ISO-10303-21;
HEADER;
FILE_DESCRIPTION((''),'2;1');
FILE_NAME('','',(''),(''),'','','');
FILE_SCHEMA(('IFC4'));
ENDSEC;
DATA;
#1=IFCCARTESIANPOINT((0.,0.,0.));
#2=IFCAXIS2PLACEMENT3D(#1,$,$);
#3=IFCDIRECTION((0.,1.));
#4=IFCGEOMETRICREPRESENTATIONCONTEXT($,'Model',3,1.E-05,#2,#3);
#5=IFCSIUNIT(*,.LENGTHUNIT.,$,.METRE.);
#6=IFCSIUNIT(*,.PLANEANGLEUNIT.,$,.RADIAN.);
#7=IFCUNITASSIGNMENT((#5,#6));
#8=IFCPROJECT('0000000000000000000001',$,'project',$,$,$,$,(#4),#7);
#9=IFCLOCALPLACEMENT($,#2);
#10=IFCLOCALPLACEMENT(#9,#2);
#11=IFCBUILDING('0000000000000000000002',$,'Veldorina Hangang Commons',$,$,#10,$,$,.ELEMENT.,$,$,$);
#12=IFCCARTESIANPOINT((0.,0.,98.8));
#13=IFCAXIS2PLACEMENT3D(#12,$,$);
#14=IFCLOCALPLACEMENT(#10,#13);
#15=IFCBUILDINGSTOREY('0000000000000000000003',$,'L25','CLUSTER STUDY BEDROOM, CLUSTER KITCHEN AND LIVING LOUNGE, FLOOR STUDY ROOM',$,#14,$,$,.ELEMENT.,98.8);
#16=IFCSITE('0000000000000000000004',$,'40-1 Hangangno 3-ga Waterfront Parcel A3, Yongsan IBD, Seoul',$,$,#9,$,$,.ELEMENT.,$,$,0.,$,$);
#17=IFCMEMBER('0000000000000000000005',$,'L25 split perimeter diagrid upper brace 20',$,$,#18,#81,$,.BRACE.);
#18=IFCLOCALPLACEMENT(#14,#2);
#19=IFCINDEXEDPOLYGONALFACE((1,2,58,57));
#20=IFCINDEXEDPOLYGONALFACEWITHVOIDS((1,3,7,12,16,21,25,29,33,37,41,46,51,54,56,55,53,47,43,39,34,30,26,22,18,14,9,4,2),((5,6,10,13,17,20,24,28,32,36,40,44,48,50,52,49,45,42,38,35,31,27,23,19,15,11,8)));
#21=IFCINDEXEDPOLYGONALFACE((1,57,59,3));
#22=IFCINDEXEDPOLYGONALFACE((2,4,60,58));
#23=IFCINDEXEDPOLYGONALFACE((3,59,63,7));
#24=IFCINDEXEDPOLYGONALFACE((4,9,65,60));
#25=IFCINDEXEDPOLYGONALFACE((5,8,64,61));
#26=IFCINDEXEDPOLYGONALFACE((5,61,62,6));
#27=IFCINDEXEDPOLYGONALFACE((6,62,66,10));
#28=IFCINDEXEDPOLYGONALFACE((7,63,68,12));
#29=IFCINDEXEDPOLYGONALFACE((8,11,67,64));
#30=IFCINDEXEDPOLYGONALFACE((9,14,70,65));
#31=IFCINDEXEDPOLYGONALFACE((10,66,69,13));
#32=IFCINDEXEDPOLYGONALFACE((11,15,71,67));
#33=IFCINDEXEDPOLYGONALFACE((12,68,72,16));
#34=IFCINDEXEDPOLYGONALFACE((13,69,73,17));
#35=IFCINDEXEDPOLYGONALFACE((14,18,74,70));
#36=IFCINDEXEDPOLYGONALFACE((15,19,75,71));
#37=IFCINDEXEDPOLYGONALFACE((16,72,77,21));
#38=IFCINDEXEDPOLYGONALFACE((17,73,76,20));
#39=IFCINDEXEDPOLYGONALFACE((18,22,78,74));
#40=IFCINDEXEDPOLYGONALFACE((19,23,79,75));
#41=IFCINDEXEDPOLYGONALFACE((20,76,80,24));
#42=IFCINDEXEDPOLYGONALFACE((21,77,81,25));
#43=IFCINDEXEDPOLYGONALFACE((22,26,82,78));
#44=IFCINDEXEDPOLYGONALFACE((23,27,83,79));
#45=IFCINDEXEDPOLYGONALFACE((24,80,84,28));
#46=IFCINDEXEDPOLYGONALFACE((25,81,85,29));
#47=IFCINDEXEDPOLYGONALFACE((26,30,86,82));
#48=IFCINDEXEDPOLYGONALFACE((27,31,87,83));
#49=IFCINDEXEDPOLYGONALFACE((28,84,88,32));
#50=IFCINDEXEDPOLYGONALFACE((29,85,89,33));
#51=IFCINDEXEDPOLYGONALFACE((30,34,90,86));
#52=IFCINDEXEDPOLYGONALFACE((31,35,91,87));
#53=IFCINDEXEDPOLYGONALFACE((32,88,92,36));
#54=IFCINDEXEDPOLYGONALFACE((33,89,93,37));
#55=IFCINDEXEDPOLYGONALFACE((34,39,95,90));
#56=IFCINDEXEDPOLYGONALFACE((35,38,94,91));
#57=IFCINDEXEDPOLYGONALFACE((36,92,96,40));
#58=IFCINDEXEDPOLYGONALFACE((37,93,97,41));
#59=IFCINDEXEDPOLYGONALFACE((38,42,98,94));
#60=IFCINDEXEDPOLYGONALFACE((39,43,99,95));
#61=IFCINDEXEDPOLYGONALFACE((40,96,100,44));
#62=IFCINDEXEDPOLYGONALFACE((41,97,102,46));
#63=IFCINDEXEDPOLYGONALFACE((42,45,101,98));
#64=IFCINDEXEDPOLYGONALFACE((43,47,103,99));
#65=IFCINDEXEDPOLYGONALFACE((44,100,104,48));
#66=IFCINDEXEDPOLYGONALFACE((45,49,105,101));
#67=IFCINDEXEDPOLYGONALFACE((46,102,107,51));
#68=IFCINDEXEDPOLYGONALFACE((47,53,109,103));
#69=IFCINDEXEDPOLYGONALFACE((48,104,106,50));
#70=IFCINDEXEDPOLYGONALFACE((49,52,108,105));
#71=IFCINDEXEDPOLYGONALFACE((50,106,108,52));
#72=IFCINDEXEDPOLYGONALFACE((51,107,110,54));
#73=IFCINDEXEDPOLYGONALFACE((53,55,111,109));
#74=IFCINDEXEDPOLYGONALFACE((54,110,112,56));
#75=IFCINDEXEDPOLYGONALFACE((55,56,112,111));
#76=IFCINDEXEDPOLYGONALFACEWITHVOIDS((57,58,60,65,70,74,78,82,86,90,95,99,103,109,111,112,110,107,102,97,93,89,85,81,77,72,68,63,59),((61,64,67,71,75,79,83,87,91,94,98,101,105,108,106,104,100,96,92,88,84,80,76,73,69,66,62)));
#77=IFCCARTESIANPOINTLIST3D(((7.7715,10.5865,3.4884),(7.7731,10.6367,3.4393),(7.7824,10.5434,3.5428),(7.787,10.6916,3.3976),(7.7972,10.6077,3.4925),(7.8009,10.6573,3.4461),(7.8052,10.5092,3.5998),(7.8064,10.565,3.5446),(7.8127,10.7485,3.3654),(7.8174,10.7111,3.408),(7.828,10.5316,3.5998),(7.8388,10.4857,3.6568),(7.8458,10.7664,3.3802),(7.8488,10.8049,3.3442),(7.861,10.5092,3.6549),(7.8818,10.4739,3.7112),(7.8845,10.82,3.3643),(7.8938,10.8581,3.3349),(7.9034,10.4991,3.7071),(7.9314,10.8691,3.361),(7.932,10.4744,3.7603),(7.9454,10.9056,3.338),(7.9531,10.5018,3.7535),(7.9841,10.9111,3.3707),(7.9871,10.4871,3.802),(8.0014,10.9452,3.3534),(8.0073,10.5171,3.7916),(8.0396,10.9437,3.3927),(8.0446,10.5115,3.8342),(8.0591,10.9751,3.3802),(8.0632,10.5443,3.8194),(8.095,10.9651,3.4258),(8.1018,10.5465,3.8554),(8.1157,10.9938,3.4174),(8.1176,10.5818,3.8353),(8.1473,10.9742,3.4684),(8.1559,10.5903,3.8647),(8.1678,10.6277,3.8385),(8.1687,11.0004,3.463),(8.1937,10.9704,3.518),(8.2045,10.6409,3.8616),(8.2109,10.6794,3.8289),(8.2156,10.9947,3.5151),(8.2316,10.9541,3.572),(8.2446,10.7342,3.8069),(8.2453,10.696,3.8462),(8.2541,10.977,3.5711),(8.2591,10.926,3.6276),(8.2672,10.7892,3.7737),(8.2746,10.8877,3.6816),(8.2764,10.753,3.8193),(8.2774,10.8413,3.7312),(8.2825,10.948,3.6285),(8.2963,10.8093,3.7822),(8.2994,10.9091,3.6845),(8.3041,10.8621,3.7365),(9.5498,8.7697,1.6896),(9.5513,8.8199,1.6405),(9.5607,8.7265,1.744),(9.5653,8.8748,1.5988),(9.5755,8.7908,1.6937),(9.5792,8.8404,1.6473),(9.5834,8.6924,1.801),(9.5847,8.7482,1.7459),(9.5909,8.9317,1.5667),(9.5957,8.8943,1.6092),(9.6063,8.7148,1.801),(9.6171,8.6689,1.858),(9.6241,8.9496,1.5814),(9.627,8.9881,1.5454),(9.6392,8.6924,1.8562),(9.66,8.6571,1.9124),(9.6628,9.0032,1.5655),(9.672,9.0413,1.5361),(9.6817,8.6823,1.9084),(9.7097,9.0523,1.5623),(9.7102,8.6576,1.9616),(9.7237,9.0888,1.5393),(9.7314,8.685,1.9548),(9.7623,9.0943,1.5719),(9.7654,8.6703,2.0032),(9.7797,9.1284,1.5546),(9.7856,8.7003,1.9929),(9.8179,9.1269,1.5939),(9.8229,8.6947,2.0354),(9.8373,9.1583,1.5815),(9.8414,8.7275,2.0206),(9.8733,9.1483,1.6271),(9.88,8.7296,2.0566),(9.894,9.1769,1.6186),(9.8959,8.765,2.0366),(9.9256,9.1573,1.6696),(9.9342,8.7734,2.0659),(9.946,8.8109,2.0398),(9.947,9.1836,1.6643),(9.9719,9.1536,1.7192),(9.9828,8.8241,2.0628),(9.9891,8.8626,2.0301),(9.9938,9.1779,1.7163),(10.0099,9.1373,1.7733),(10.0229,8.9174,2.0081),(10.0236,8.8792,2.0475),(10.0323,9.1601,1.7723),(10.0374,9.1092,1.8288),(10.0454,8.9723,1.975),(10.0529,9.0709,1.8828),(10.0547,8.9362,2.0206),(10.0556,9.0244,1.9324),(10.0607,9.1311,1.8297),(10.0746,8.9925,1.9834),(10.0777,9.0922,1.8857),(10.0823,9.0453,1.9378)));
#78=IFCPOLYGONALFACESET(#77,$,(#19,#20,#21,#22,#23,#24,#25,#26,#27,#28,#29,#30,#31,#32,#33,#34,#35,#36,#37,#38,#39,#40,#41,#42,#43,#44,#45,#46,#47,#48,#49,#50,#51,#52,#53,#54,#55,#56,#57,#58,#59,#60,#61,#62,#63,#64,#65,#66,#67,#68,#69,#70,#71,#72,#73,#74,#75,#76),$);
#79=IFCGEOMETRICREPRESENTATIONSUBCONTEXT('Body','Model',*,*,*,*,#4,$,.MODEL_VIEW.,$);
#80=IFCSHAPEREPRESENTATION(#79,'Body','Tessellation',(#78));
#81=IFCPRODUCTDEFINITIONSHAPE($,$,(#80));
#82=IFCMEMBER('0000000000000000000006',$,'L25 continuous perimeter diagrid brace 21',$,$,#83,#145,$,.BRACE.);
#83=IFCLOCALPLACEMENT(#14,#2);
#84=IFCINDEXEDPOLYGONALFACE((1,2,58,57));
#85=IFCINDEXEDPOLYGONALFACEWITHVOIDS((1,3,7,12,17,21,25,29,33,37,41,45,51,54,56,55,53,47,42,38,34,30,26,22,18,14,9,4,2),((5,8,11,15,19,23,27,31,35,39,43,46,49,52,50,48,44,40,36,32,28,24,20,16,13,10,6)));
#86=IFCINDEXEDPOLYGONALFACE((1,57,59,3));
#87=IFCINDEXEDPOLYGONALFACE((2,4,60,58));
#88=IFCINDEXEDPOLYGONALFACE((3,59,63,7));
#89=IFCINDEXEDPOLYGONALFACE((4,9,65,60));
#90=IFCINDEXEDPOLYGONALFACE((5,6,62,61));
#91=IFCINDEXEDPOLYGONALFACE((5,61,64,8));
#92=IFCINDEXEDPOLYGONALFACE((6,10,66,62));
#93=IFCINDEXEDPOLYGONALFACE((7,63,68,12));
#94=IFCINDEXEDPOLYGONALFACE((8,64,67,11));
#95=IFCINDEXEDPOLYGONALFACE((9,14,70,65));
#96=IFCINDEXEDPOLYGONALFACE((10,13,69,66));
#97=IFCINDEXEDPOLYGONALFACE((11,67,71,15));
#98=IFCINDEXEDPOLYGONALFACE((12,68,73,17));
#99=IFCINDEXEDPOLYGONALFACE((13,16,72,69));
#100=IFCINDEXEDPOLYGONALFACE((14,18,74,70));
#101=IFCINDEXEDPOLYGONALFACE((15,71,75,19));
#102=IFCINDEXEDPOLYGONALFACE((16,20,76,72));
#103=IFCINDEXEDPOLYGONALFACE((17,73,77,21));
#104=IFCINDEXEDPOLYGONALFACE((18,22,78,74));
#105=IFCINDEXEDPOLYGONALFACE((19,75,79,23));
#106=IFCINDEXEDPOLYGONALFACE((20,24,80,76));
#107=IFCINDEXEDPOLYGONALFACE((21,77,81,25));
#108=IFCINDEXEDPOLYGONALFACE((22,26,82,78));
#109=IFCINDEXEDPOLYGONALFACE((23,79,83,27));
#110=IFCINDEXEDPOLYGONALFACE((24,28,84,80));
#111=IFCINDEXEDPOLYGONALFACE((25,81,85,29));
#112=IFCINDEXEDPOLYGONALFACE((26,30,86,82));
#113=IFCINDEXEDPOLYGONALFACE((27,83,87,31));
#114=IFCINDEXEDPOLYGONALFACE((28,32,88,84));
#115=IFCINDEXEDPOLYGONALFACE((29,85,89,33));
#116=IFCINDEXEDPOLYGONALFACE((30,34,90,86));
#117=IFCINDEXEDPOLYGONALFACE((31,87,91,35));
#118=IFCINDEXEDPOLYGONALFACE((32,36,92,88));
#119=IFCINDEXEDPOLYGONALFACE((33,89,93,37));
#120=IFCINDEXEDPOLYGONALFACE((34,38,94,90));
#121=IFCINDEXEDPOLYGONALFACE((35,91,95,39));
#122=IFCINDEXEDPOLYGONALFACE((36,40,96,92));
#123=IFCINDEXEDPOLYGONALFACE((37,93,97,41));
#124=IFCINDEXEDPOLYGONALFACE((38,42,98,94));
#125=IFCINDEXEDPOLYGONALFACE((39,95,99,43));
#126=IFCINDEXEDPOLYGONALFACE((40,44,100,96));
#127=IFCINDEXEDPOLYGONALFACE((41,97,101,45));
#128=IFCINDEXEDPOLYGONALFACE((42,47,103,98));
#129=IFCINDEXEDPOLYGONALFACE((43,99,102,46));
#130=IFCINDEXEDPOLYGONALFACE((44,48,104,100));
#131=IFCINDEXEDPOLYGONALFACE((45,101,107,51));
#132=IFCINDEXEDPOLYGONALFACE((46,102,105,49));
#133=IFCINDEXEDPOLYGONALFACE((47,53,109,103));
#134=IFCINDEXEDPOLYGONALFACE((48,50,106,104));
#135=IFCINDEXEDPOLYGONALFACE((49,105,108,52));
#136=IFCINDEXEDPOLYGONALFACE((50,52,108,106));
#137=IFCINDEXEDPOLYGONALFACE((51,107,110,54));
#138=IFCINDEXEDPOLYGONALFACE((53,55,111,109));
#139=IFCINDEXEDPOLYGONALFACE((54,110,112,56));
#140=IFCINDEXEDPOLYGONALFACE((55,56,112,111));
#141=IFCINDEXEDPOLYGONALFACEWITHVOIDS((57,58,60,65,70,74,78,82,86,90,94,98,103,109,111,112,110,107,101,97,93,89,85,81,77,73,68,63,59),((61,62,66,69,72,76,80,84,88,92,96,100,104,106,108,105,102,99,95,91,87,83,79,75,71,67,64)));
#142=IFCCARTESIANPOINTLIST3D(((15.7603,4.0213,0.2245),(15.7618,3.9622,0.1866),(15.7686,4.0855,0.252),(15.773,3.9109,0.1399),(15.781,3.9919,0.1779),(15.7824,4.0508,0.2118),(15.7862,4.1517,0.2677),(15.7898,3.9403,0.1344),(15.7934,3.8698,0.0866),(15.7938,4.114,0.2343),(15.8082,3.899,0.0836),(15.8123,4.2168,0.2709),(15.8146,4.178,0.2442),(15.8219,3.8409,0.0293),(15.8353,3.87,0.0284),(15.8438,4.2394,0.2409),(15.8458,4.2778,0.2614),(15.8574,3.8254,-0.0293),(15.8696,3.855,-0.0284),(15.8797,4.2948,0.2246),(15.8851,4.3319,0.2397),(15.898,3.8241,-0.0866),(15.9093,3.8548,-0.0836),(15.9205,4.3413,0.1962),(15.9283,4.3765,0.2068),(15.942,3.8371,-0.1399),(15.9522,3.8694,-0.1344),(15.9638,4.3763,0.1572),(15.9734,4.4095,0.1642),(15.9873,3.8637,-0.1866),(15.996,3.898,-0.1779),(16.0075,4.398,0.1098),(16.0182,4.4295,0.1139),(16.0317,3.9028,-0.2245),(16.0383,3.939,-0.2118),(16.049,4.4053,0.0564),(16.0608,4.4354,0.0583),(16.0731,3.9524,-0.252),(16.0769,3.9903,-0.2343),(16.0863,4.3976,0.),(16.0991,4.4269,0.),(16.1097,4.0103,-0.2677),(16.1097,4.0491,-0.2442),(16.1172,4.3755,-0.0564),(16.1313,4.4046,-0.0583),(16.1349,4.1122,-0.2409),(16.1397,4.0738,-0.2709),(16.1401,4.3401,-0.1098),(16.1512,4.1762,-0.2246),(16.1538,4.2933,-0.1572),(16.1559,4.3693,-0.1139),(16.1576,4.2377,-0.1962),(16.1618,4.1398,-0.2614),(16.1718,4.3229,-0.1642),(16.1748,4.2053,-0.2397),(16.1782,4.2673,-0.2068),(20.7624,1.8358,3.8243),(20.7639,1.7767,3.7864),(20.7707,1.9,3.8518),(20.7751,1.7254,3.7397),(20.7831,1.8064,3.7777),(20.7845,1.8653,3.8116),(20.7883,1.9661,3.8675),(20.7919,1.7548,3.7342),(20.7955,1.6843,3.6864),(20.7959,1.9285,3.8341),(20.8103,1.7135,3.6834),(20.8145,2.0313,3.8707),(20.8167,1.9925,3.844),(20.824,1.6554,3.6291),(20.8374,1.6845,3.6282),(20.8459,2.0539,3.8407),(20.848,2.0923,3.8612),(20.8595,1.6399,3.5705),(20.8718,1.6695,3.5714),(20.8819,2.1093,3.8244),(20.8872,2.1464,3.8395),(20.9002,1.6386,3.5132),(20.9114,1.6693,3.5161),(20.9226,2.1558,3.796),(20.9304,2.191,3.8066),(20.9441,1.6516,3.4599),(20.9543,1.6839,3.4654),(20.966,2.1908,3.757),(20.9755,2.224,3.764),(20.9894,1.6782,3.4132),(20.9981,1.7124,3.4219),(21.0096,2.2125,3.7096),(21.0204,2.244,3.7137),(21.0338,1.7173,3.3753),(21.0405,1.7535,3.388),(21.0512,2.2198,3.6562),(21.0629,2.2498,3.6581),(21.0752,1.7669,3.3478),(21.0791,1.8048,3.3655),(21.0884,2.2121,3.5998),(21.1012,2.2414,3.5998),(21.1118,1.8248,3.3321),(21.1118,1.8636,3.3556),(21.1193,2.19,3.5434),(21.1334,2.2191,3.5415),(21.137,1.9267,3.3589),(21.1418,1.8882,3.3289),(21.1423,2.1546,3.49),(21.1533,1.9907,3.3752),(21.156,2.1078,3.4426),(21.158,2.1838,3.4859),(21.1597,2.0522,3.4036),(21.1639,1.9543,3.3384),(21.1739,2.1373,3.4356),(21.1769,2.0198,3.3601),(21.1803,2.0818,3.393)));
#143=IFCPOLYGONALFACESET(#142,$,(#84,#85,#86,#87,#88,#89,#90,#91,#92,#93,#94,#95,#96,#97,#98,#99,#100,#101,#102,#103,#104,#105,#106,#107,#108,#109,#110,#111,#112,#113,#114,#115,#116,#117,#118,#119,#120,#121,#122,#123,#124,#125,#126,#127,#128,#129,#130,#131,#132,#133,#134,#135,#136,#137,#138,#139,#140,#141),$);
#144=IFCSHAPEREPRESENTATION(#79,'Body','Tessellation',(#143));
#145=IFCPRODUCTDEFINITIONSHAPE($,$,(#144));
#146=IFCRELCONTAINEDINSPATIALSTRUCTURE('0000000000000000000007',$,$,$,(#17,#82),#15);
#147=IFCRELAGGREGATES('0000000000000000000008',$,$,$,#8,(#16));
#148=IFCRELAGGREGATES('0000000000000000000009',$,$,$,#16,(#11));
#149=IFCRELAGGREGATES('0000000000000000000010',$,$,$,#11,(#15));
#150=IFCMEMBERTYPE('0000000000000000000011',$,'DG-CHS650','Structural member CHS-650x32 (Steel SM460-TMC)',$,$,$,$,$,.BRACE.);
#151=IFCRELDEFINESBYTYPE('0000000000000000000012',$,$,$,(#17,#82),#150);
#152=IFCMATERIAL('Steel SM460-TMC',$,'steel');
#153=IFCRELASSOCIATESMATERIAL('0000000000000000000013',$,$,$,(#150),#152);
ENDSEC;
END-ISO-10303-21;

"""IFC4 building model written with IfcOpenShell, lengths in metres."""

from ifc_helpers import new_model, si_unit, direction, frame, origin, origin_2d, place, context, subcontext, project, spatial, hollow_circle, extrude, material, material_profile, profile_set, type_object, element, save


model = new_model("IFC4")

# Units and contexts
model_context = context("Model", 3, precision=1e-05, world=origin(), true_north=direction((0.0, 1.0)))
body_context = subcontext(model_context, "Body", "Model", "MODEL_VIEW")
ifc_project = project(units=[si_unit("LENGTHUNIT", "METRE"), si_unit("PLANEANGLEUNIT", "RADIAN")], contexts=[model_context])

# Site, building, storey
site_placement = place(None, origin())
site = spatial("IfcSite", under=ifc_project, at=site_placement, Name="40-1 Hangangno 3-ga Waterfront Parcel A3, Yongsan IBD, Seoul", CompositionType="ELEMENT", RefElevation=0.0)
building_placement = place(site_placement, origin())
building = spatial("IfcBuilding", under=site, at=building_placement, Name="Veldorina Hangang Commons", CompositionType="ELEMENT")
storey_placement = place(building_placement, frame((0.0, 0.0, 98.8)))
storey = spatial("IfcBuildingStorey", under=building, at=storey_placement, Name="L25", Description="CLUSTER STUDY BEDROOM, CLUSTER KITCHEN AND LIVING LOUNGE, FLOOR STUDY ROOM", CompositionType="ELEMENT", Elevation=98.8)

# Members
ifc_material_1 = material(Name="Steel SM460-TMC", Category="steel")
ifc_material_profile_1 = material_profile(ifc_material_1, hollow_circle(Radius=0.325, WallThickness=0.032, at=origin_2d()), Name="CHS-650x32")
ifc_profile_set_1 = profile_set([ifc_material_profile_1], Name="Steel SM460-TMC")
member_type_1 = type_object("IfcMemberType", Name="DG-CHS650", Description="Structural member CHS-650x32 (Steel SM460-TMC)", PredefinedType="BRACE", material=ifc_profile_set_1)
member_1_placement = place(storey_placement, frame((9.8157, 8.9197, 1.801), z_axis=(-0.571005, 0.58339, 0.577589), x_axis=(-0.714652, -0.69948, 0.0)))
element("IfcMember", 1, at=member_1_placement, inside=storey, type_object=member_type_1, Name="L25 split perimeter diagrid upper brace 20", PredefinedType="BRACE", context=body_context, shape_type="SweptSolid", body=[
    extrude(hollow_circle(Radius=0.325, WallThickness=0.032, at=origin_2d()), origin(), (0.0, 0.0, 1.0), 3.1143),
])
member_2_placement = place(storey_placement, frame((15.969, 4.1292, 0.0), z_axis=(0.764988, -0.334236, 0.550527), x_axis=(0.400371, 0.916353, 0.0)))
element("IfcMember", 2, at=member_2_placement, inside=storey, type_object=member_type_1, Name="L25 continuous perimeter diagrid brace 21", PredefinedType="BRACE", context=body_context, shape_type="SweptSolid", body=[
    extrude(hollow_circle(Radius=0.325, WallThickness=0.032, at=origin_2d()), origin(), (0.0, 0.0, 1.0), 6.5388),
])

save(model, "model.ifc")
